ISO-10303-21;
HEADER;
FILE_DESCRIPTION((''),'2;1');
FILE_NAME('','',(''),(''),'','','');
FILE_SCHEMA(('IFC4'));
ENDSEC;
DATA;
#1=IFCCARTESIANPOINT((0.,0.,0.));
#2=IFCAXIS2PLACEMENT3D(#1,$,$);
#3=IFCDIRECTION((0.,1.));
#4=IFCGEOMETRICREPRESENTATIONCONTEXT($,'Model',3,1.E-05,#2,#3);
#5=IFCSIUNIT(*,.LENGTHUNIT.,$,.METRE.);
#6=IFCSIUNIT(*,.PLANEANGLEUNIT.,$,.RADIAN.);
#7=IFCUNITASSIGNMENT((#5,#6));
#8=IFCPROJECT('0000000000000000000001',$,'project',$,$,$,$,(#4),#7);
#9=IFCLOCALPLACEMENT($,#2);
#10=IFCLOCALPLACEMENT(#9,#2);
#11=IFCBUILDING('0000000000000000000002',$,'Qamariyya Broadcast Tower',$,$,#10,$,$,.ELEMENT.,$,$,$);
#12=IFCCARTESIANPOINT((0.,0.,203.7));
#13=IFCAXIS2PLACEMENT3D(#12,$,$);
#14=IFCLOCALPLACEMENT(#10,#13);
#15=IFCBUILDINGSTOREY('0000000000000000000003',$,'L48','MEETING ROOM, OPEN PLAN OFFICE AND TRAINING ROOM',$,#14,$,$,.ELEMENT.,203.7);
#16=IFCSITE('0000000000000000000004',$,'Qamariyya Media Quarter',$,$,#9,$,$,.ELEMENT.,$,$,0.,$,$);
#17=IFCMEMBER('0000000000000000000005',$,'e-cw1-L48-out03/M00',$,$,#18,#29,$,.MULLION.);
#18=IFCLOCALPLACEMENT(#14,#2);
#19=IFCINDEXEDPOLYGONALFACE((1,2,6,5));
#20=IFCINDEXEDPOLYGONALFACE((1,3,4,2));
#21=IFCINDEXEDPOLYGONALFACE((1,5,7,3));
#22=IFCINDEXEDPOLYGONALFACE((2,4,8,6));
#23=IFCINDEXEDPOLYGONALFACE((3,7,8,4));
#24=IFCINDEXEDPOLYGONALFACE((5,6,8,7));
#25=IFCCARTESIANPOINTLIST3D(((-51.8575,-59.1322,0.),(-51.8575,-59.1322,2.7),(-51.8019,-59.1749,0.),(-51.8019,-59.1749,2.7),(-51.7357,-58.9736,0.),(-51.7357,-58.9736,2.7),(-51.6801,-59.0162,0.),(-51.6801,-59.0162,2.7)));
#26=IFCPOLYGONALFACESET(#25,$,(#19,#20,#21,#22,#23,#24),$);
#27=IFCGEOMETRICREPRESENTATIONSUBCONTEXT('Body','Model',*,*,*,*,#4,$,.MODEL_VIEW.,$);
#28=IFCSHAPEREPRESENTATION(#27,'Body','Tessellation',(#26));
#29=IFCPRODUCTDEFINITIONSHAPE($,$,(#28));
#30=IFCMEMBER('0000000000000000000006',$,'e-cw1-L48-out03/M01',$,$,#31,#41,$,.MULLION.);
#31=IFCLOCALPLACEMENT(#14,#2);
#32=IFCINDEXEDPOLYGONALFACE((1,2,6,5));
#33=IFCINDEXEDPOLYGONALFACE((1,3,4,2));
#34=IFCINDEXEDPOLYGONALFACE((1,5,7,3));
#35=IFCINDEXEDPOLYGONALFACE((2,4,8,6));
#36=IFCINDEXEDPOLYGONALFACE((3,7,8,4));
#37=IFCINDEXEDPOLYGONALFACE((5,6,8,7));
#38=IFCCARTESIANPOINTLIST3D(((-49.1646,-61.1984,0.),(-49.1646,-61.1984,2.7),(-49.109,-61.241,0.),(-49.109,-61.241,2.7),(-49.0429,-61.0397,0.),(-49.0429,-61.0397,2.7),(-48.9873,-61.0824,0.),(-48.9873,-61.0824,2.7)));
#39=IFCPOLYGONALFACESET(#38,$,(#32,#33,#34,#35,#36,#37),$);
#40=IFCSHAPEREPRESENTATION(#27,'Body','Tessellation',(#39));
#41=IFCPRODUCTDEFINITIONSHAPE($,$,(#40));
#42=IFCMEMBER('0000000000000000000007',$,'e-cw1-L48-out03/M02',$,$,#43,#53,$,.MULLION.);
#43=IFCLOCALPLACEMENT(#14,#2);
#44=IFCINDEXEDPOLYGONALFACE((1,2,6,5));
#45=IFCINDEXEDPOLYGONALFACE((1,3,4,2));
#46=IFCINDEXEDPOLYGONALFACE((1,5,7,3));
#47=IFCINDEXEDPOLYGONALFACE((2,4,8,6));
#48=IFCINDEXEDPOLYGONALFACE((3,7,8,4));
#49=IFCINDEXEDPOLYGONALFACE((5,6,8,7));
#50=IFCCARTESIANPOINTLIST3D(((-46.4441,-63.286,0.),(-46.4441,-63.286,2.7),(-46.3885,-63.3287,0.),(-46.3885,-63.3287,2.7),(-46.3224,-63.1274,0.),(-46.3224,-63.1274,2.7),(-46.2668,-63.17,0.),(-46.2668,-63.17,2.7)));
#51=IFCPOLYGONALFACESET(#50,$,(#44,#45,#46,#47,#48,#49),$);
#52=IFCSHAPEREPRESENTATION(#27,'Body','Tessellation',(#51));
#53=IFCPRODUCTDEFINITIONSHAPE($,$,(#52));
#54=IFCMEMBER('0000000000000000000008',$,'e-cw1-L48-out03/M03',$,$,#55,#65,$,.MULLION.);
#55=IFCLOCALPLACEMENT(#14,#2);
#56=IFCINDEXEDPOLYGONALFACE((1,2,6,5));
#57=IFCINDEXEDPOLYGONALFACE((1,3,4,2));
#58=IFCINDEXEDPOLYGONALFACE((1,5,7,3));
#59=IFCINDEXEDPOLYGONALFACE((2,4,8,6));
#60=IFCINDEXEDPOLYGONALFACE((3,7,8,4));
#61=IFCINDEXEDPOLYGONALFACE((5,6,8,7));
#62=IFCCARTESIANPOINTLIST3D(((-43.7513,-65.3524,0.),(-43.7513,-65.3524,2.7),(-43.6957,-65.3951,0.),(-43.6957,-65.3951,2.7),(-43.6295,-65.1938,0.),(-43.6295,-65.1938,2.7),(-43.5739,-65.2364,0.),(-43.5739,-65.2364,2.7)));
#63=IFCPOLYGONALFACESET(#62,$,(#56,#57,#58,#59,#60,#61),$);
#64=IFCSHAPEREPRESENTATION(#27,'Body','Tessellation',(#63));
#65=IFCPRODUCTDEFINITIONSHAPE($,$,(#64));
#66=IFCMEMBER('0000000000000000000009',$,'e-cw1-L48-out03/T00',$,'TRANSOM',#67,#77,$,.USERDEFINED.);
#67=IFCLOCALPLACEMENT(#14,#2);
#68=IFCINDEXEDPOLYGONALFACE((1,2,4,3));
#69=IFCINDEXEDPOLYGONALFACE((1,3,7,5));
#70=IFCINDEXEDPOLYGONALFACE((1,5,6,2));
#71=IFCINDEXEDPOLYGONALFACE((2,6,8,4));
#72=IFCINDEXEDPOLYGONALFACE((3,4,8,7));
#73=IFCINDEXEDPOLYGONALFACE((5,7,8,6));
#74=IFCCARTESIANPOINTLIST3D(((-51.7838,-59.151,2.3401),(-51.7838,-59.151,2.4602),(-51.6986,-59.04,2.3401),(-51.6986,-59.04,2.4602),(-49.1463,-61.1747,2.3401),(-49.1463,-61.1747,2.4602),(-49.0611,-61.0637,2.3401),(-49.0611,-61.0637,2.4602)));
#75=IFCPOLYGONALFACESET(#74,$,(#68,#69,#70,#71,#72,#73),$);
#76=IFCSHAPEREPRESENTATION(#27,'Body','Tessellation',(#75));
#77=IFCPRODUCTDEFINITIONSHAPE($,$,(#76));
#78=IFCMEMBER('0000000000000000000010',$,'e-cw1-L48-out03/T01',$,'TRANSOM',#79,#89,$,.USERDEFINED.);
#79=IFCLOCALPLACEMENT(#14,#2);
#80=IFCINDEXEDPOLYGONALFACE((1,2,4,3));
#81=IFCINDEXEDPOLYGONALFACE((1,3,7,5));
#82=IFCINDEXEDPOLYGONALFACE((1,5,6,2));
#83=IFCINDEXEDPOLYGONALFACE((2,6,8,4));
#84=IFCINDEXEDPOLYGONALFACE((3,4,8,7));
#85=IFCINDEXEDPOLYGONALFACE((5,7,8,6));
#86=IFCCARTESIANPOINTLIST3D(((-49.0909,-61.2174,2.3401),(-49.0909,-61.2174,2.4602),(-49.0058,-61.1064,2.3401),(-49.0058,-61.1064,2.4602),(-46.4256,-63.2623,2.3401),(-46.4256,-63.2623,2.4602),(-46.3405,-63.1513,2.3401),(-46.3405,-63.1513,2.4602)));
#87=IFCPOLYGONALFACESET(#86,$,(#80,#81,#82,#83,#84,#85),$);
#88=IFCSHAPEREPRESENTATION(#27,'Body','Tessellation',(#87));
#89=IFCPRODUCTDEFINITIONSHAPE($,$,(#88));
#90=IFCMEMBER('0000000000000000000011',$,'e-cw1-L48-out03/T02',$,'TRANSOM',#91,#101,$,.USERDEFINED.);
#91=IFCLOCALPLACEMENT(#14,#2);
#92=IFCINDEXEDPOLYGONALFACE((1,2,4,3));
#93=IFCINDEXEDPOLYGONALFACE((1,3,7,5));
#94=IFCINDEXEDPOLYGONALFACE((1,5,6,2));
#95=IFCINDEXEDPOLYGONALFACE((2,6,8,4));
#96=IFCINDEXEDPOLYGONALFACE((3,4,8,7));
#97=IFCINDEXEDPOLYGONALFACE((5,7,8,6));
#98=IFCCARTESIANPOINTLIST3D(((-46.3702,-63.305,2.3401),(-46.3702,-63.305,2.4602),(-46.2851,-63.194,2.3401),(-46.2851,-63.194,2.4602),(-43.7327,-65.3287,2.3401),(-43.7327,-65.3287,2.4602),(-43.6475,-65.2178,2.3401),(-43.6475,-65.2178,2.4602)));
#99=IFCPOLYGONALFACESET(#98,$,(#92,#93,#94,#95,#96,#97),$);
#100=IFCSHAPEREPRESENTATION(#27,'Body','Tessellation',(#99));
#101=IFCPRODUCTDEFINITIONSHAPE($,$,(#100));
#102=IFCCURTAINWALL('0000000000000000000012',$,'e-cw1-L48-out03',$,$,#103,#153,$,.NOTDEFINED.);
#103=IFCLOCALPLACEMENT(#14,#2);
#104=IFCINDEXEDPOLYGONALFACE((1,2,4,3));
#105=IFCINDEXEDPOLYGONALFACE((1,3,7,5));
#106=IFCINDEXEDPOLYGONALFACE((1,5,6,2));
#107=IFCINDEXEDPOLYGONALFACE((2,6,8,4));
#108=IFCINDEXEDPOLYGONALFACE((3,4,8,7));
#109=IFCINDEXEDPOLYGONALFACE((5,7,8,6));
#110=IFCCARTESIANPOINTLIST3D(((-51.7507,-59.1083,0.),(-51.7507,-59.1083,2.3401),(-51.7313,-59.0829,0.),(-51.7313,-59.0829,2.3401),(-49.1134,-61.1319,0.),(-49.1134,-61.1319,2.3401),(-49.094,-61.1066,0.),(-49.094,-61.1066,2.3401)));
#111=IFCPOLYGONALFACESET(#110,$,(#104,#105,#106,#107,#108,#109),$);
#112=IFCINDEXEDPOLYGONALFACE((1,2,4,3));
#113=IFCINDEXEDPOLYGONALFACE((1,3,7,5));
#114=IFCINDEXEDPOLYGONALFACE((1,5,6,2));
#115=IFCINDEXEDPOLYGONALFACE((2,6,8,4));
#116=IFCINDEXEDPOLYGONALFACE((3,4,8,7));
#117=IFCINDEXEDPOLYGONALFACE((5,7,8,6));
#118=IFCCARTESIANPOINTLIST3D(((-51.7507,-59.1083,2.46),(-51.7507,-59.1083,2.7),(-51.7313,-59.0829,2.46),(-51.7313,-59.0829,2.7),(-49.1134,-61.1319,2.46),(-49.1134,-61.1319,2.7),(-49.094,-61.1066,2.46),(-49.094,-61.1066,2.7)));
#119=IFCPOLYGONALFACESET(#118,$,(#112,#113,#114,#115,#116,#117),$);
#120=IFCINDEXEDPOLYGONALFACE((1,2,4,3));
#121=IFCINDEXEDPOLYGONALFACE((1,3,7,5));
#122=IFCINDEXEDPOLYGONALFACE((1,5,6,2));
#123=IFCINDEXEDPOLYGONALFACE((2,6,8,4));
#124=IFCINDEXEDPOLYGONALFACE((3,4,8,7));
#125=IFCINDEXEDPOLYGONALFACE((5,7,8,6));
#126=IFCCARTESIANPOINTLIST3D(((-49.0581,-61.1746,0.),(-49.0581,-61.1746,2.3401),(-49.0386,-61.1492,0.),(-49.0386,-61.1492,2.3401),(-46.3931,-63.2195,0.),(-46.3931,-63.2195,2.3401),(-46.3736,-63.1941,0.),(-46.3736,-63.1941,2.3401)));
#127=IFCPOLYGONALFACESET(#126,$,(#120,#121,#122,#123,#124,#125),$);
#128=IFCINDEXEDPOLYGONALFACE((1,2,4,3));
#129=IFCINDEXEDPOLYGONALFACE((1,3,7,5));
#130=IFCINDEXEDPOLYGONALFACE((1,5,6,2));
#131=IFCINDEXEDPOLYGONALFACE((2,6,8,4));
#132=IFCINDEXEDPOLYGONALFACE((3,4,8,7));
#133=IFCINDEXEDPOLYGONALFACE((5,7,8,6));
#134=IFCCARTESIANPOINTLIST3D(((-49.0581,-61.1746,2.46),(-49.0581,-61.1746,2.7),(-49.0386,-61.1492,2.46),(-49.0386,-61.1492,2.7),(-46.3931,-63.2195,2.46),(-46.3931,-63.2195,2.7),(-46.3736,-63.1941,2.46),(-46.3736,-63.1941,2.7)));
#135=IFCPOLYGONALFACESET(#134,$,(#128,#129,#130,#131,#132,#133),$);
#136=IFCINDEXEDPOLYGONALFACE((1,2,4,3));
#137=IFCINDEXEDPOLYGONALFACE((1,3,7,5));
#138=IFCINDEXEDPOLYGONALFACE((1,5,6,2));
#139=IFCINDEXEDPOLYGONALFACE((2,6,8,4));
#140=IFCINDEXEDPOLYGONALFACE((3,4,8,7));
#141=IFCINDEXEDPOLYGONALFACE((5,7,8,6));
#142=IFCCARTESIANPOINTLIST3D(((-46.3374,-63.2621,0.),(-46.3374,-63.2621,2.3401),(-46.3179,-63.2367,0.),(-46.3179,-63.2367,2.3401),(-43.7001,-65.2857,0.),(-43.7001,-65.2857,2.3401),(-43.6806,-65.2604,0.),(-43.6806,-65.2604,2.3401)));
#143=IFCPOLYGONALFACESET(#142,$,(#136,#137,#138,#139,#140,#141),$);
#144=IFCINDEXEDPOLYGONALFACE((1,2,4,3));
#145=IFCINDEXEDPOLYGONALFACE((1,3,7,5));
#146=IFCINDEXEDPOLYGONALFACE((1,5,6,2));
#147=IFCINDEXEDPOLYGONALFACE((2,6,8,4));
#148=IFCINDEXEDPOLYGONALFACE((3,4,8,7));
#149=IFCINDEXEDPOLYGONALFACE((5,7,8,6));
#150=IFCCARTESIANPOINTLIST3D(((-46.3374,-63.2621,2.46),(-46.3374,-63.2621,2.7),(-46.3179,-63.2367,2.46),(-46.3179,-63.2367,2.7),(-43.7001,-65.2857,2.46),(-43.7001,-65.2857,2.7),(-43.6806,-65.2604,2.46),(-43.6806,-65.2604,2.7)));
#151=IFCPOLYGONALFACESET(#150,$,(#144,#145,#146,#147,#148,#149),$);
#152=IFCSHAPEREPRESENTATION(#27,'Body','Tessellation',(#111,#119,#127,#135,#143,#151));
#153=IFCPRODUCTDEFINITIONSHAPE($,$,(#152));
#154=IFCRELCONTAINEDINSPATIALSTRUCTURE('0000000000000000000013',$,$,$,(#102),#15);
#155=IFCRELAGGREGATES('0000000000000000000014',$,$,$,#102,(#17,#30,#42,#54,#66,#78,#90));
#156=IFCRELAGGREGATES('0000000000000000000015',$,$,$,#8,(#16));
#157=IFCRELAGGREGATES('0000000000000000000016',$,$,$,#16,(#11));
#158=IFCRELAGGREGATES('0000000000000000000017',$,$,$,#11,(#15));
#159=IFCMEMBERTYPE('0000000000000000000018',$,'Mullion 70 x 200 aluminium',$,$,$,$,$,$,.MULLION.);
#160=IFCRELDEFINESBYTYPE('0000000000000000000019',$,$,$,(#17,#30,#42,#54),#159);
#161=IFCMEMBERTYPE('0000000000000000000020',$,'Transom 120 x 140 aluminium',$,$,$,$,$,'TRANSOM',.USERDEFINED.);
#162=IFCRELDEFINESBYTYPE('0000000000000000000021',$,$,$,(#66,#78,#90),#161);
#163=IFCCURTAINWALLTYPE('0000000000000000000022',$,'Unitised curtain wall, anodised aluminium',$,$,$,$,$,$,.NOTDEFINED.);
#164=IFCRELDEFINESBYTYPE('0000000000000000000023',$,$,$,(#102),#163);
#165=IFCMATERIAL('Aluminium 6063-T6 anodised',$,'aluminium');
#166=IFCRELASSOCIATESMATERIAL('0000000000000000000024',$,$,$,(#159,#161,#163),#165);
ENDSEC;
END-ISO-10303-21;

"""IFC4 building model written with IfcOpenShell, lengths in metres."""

from ifc_helpers import new_model, si_unit, direction, frame, origin, origin_2d, place, context, subcontext, project, spatial, rectangle, extrude, material, material_profile, profile_set, type_object, element, aggregate, save


model = new_model("IFC4")

# Units and contexts
model_context = context("Model", 3, precision=1e-05, world=origin(), true_north=direction((0.0, 1.0)))
body_context = subcontext(model_context, "Body", "Model", "MODEL_VIEW")
ifc_project = project(units=[si_unit("LENGTHUNIT", "METRE"), si_unit("PLANEANGLEUNIT", "RADIAN")], contexts=[model_context])

# Members
ifc_material = material(Name="Aluminium 6063-T6 anodised", Category="aluminium")
ifc_material_profile_1 = material_profile(ifc_material, rectangle(XDim=0.2, YDim=0.0701, at=origin_2d()))
ifc_profile_set_1 = profile_set([ifc_material_profile_1], Name="Aluminium 6063-T6 anodised")
member_type_1 = type_object("IfcMemberType", Name="Mullion 70 x 200 aluminium", PredefinedType="MULLION", material=ifc_profile_set_1)
site_placement = place(None, origin())
building_placement = place(site_placement, origin())
storey_placement = place(building_placement, frame((0.0, 0.0, 203.7)))
member_1_placement = place(storey_placement, frame((-51.7688, -59.0742, 0.0), z_axis=(0.0, 0.0, 1.0), x_axis=(0.608761, 0.793353, 0.0)))
member_1 = element("IfcMember", 1, at=member_1_placement, type_object=member_type_1, Name="e-cw1-L48-out03/M00", PredefinedType="MULLION", context=body_context, shape_type="SweptSolid", body=[
    extrude(rectangle(XDim=0.2, YDim=0.0701, at=origin_2d()), origin(), (0.0, 0.0, 1.0), 2.7),
])
member_2_placement = place(storey_placement, frame((-49.0759, -61.1404, 0.0), z_axis=(0.0, 0.0, 1.0), x_axis=(0.608761, 0.793353, 0.0)))
member_2 = element("IfcMember", 2, at=member_2_placement, type_object=member_type_1, Name="e-cw1-L48-out03/M01", PredefinedType="MULLION", context=body_context, shape_type="SweptSolid", body=[
    extrude(rectangle(XDim=0.2, YDim=0.0701, at=origin_2d()), origin(), (0.0, 0.0, 1.0), 2.7),
])
member_3_placement = place(storey_placement, frame((-46.3555, -63.228, 0.0), z_axis=(0.0, 0.0, 1.0), x_axis=(0.608761, 0.793353, 0.0)))
member_3 = element("IfcMember", 3, at=member_3_placement, type_object=member_type_1, Name="e-cw1-L48-out03/M02", PredefinedType="MULLION", context=body_context, shape_type="SweptSolid", body=[
    extrude(rectangle(XDim=0.2, YDim=0.0701, at=origin_2d()), origin(), (0.0, 0.0, 1.0), 2.7),
])
member_4_placement = place(storey_placement, frame((-43.6626, -65.2944, 0.0), z_axis=(0.0, 0.0, 1.0), x_axis=(0.608761, 0.793353, 0.0)))
member_4 = element("IfcMember", 4, at=member_4_placement, type_object=member_type_1, Name="e-cw1-L48-out03/M03", PredefinedType="MULLION", context=body_context, shape_type="SweptSolid", body=[
    extrude(rectangle(XDim=0.2, YDim=0.0701, at=origin_2d()), origin(), (0.0, 0.0, 1.0), 2.7),
])
ifc_material_profile_2 = material_profile(ifc_material, rectangle(XDim=0.1399, YDim=0.1201, at=origin_2d()))
ifc_profile_set_2 = profile_set([ifc_material_profile_2], Name="Aluminium 6063-T6 anodised")
member_type_2 = type_object("IfcMemberType", Name="Transom 120 x 140 aluminium", ElementType="TRANSOM", PredefinedType="USERDEFINED", material=ifc_profile_set_2)
member_5_placement = place(storey_placement, frame((-51.7412, -59.0955, 2.4001), z_axis=(0.793369, -0.608741, 0.0), x_axis=(0.608741, 0.793369, 0.0)))
member_5 = element("IfcMember", 5, at=member_5_placement, type_object=member_type_2, Name="e-cw1-L48-out03/T00", ObjectType="TRANSOM", PredefinedType="USERDEFINED", context=body_context, shape_type="SweptSolid", body=[
    extrude(rectangle(XDim=0.1399, YDim=0.1201, at=origin_2d()), origin(), (0.0, 0.0, 1.0), 3.3245),
])
member_6_placement = place(storey_placement, frame((-49.0483, -61.1619, 2.4001), z_axis=(0.793385, -0.60872, 0.0), x_axis=(0.60872, 0.793385, 0.0)))
member_6 = element("IfcMember", 6, at=member_6_placement, type_object=member_type_2, Name="e-cw1-L48-out03/T01", ObjectType="TRANSOM", PredefinedType="USERDEFINED", context=body_context, shape_type="SweptSolid", body=[
    extrude(rectangle(XDim=0.1399, YDim=0.1201, at=origin_2d()), origin(), (0.0, 0.0, 1.0), 3.3594),
])
member_7_placement = place(storey_placement, frame((-46.3276, -63.2495, 2.4001), z_axis=(0.793369, -0.608741, 0.0), x_axis=(0.608741, 0.793369, 0.0)))
member_7 = element("IfcMember", 7, at=member_7_placement, type_object=member_type_2, Name="e-cw1-L48-out03/T02", ObjectType="TRANSOM", PredefinedType="USERDEFINED", context=body_context, shape_type="SweptSolid", body=[
    extrude(rectangle(XDim=0.1399, YDim=0.1201, at=origin_2d()), origin(), (0.0, 0.0, 1.0), 3.3245),
])

# Site, building, storey
site = spatial("IfcSite", under=ifc_project, at=site_placement, Name="Qamariyya Media Quarter", CompositionType="ELEMENT", RefElevation=0.0)
building = spatial("IfcBuilding", under=site, at=building_placement, Name="Qamariyya Broadcast Tower", CompositionType="ELEMENT")
storey = spatial("IfcBuildingStorey", under=building, at=storey_placement, Name="L48", Description="MEETING ROOM, OPEN PLAN OFFICE AND TRAINING ROOM", CompositionType="ELEMENT", Elevation=203.7)

# Curtain wall
curtain_wall_type = type_object("IfcCurtainWallType", Name="Unitised curtain wall, anodised aluminium", PredefinedType="NOTDEFINED", material=ifc_material)
curtain_wall_1_placement = place(storey_placement, origin())
curtain_wall_1 = element("IfcCurtainWall", 8, at=curtain_wall_1_placement, inside=storey, type_object=curtain_wall_type, Name="e-cw1-L48-out03", PredefinedType="NOTDEFINED", context=body_context, shape_type="SweptSolid", body=[
    extrude(rectangle(XDim=3.3242, YDim=0.032, at=origin_2d()), frame((-50.4224, -60.1074, 0.0), x_axis=(0.793359, -0.608754, 0.0)), (0.0, 0.0, 1.0), 2.3401),
    extrude(rectangle(XDim=3.3242, YDim=0.032, at=origin_2d()), frame((-50.4224, -60.1074, 2.46), x_axis=(0.793359, -0.608754, 0.0)), (0.0, 0.0, 1.0), 0.24),
    extrude(rectangle(XDim=3.3591, YDim=0.032, at=origin_2d()), frame((-47.7158, -62.1843, 0.0), x_axis=(0.793359, -0.608754, 0.0)), (0.0, 0.0, 1.0), 2.3401),
    extrude(rectangle(XDim=3.3591, YDim=0.032, at=origin_2d()), frame((-47.7158, -62.1843, 2.46), x_axis=(0.793359, -0.608754, 0.0)), (0.0, 0.0, 1.0), 0.24),
    extrude(rectangle(XDim=3.3242, YDim=0.032, at=origin_2d()), frame((-45.009, -64.2612, 0.0), x_axis=(0.793359, -0.608754, 0.0)), (0.0, 0.0, 1.0), 2.3401),
    extrude(rectangle(XDim=3.3242, YDim=0.032, at=origin_2d()), frame((-45.009, -64.2612, 2.46), x_axis=(0.793359, -0.608754, 0.0)), (0.0, 0.0, 1.0), 0.24),
])
aggregate(curtain_wall_1, [member_1, member_2, member_3, member_4, member_5, member_6, member_7])

save(model, "model.ifc")
